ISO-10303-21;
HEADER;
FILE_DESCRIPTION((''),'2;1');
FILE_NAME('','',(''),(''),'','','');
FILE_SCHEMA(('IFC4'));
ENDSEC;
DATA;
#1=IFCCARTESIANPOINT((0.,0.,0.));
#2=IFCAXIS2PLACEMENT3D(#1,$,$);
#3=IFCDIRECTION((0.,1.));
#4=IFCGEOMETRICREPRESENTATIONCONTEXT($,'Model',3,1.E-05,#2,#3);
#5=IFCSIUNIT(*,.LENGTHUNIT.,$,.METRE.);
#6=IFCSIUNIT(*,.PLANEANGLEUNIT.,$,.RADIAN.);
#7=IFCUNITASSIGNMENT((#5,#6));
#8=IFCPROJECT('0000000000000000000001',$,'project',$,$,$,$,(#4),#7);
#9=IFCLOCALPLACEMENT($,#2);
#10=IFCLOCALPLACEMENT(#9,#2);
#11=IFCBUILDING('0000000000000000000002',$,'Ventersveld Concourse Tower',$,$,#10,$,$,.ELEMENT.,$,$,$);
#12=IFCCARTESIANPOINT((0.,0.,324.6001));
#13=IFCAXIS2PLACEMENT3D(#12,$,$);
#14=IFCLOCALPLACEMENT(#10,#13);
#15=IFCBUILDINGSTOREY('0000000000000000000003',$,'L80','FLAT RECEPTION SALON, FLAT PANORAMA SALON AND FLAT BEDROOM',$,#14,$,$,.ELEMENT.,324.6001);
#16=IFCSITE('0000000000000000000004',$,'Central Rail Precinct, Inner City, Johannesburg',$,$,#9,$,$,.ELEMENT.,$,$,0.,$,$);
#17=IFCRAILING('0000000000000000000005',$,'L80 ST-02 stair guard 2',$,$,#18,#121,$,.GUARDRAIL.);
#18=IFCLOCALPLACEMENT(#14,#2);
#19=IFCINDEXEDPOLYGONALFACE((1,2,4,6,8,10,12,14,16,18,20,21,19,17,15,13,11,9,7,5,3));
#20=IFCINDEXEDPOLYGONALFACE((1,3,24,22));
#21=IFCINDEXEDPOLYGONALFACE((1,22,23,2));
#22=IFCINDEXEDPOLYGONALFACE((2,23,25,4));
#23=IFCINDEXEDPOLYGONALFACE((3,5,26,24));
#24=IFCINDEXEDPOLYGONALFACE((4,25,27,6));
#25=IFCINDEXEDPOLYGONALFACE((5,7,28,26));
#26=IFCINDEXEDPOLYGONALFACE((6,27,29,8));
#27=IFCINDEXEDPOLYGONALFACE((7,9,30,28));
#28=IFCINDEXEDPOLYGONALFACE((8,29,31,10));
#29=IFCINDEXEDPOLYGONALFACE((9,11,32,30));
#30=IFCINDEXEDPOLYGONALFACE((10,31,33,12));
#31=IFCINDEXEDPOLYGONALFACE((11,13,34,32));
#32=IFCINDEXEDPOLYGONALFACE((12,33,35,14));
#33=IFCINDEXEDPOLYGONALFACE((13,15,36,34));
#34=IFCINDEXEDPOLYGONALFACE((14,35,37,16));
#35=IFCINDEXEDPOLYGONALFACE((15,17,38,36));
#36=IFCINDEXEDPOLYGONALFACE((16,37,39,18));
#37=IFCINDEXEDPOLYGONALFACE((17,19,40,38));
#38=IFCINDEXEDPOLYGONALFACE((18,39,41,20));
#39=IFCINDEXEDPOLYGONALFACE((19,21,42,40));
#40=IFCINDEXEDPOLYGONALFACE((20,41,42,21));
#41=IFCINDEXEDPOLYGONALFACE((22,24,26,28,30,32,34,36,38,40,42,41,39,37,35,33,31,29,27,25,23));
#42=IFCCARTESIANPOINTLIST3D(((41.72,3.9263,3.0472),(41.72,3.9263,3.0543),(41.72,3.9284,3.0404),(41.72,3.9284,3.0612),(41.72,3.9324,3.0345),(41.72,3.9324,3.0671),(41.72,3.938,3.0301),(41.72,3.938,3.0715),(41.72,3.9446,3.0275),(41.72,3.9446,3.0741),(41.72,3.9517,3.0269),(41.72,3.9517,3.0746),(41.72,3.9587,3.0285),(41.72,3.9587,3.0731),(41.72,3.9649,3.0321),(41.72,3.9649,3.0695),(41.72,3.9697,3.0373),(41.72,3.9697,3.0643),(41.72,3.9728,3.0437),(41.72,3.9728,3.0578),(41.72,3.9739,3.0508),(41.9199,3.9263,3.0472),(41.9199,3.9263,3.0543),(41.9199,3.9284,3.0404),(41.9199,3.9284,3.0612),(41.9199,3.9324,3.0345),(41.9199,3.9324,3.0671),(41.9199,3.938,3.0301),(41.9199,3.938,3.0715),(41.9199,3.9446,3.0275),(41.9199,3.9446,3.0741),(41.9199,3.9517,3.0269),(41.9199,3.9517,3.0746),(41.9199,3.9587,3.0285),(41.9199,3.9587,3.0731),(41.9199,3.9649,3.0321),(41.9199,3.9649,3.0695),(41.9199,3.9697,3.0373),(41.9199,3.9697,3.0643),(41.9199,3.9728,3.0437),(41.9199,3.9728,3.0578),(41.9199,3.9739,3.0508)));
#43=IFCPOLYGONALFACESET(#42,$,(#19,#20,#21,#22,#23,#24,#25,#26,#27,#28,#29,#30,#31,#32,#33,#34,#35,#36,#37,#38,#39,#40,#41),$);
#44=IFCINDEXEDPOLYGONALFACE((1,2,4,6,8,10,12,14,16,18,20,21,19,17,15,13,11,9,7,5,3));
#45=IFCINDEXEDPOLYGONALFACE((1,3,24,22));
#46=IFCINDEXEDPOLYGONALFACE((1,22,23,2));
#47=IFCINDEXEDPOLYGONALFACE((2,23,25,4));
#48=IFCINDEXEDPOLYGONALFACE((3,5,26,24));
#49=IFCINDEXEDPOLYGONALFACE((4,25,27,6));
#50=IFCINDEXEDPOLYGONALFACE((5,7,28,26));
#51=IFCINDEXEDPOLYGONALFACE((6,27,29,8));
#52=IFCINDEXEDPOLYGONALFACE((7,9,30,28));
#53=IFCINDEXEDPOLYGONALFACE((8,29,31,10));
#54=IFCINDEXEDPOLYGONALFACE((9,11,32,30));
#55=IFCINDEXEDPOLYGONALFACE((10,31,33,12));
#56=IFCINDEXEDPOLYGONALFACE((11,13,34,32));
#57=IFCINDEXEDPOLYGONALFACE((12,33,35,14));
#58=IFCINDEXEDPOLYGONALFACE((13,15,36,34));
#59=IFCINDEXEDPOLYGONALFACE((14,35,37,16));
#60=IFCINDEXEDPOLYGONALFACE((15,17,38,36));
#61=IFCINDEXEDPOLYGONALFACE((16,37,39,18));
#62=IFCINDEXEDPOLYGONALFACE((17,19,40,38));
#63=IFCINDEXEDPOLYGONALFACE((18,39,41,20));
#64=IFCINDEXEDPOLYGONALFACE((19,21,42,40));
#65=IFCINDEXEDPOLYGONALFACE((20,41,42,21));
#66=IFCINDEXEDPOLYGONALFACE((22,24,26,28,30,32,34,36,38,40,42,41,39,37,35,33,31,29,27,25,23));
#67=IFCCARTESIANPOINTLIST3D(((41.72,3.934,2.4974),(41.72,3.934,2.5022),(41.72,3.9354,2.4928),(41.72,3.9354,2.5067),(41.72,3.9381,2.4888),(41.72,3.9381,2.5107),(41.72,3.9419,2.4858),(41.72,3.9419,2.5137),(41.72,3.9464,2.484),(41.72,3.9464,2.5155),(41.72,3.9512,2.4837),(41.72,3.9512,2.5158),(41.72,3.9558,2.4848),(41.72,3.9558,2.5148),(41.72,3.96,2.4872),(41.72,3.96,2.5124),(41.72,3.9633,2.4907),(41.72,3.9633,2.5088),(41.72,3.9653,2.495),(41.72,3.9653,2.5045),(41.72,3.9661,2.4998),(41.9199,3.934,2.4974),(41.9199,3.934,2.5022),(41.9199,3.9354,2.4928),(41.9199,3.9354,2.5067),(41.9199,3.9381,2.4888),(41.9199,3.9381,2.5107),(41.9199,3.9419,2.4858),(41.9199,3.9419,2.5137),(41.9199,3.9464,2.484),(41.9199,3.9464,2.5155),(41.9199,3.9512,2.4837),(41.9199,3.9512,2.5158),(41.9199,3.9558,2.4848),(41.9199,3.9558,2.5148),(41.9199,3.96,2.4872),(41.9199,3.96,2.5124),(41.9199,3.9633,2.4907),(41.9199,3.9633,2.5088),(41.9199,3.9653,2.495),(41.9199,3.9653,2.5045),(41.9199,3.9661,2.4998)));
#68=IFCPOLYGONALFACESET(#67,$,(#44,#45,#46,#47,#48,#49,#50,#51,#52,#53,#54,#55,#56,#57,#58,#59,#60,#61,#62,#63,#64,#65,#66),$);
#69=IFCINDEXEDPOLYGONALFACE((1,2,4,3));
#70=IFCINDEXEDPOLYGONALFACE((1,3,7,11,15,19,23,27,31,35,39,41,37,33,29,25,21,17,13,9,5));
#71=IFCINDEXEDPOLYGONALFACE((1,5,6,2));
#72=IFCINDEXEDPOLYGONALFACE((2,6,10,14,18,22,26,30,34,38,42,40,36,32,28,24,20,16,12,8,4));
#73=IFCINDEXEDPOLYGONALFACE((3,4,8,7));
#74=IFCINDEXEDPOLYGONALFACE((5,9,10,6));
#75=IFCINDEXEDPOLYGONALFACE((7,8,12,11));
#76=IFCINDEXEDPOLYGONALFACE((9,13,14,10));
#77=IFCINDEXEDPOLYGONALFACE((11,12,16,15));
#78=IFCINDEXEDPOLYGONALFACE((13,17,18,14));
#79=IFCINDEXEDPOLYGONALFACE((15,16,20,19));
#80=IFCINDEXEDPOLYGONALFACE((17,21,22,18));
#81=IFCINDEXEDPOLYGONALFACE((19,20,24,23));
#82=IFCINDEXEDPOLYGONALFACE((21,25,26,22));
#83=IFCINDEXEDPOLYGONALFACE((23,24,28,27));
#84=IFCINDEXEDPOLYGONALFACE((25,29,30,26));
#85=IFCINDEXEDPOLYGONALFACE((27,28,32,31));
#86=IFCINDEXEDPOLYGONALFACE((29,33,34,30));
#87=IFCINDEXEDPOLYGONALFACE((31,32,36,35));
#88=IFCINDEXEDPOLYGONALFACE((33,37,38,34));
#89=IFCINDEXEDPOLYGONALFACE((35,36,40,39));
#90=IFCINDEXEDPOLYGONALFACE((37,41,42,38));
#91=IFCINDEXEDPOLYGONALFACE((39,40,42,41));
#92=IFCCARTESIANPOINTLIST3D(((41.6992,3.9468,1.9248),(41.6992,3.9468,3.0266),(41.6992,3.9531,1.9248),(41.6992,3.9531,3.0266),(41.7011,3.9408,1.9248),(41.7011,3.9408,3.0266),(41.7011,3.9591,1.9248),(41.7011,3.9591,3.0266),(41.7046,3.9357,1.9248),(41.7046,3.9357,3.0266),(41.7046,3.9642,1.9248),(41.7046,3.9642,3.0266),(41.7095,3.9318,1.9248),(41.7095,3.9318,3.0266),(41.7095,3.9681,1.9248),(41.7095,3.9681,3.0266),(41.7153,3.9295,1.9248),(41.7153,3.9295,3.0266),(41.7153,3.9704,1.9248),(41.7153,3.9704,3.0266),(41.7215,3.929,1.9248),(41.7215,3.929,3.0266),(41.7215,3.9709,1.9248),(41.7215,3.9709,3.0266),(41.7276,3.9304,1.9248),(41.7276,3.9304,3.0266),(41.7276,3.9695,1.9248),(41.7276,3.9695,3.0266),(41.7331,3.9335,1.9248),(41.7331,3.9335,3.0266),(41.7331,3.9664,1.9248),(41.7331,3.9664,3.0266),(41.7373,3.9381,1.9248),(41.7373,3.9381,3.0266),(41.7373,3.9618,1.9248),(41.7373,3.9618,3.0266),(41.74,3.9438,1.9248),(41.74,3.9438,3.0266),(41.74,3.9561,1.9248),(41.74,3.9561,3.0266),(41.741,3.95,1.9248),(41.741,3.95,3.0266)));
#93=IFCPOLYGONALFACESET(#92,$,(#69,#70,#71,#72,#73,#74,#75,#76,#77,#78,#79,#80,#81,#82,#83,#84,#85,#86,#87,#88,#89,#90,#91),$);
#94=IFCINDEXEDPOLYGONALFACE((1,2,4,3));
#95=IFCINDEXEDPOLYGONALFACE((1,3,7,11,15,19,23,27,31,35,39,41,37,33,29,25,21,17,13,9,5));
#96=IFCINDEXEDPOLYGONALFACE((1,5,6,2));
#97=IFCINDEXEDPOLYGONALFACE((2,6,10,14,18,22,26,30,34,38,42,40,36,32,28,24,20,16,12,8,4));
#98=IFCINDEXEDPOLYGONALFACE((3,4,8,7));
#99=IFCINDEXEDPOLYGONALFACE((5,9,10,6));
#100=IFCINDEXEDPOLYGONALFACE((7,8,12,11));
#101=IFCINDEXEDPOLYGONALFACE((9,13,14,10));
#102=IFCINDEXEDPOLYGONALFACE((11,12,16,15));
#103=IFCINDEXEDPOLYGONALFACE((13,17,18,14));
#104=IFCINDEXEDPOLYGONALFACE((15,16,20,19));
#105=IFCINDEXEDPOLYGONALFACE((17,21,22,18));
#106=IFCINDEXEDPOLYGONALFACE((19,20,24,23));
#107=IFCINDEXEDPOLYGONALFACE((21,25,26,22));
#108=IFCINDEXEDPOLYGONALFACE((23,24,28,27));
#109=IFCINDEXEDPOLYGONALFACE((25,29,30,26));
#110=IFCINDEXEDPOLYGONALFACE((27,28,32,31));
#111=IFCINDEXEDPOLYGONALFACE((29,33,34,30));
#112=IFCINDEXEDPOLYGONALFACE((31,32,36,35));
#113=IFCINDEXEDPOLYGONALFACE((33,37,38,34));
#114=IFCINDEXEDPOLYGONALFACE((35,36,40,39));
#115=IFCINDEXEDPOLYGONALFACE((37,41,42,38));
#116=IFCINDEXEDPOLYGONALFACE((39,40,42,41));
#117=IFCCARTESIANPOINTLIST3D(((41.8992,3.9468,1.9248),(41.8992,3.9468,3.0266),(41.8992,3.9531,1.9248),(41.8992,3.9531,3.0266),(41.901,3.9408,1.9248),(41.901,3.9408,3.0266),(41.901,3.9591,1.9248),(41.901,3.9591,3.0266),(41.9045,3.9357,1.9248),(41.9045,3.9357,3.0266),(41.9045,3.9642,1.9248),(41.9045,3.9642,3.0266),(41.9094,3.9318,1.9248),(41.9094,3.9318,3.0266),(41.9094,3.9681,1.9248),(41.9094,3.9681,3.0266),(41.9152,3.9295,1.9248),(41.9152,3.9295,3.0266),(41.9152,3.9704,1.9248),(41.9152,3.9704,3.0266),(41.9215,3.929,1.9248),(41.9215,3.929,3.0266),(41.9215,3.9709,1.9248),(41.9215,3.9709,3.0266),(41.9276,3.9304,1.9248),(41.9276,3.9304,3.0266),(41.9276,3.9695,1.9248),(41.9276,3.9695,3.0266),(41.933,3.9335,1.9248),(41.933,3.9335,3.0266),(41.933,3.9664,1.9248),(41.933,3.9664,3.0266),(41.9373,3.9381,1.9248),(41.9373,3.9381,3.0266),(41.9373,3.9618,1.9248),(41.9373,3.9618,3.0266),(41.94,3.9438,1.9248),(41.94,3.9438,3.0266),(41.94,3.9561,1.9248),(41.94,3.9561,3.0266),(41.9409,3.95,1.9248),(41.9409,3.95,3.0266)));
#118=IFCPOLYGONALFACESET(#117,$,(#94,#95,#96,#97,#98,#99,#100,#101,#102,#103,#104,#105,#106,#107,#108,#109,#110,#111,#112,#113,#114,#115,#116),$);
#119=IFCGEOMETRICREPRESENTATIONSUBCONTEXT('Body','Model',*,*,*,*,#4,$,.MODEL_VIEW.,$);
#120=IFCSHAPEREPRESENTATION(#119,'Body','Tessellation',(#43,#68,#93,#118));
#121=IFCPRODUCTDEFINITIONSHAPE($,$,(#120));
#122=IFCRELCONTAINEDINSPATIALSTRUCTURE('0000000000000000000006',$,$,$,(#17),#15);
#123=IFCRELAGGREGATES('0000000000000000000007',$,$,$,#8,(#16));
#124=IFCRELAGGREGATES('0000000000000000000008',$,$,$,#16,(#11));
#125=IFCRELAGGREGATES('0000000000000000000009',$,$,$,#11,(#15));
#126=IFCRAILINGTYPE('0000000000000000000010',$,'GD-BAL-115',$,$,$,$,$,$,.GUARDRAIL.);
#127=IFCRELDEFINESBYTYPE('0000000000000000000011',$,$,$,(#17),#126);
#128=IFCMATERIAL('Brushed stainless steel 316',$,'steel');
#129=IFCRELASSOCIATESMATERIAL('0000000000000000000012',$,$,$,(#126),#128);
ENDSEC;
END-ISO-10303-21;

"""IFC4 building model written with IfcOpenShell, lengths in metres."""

from ifc_helpers import new_model, si_unit, direction, frame, origin, origin_2d, place, context, subcontext, project, spatial, circle, extrude, material, type_object, element, save


model = new_model("IFC4")

# Units and contexts
model_context = context("Model", 3, precision=1e-05, world=origin(), true_north=direction((0.0, 1.0)))
body_context = subcontext(model_context, "Body", "Model", "MODEL_VIEW")
ifc_project = project(units=[si_unit("LENGTHUNIT", "METRE"), si_unit("PLANEANGLEUNIT", "RADIAN")], contexts=[model_context])

# Site, building, storey
site_placement = place(None, origin())
site = spatial("IfcSite", under=ifc_project, at=site_placement, Name="Central Rail Precinct, Inner City, Johannesburg", CompositionType="ELEMENT", RefElevation=0.0)
building_placement = place(site_placement, origin())
building = spatial("IfcBuilding", under=site, at=building_placement, Name="Ventersveld Concourse Tower", CompositionType="ELEMENT")
storey_placement = place(building_placement, frame((0.0, 0.0, 324.6001)))
storey = spatial("IfcBuildingStorey", under=building, at=storey_placement, Name="L80", Description="FLAT RECEPTION SALON, FLAT PANORAMA SALON AND FLAT BEDROOM", CompositionType="ELEMENT", Elevation=324.6001)

# Shared definitions
ifc_material_1 = material(Name="Brushed stainless steel 316", Category="steel")

# Railing
railing_type_1 = type_object("IfcRailingType", Name="GD-BAL-115", PredefinedType="GUARDRAIL", material=ifc_material_1)
railing_1_placement = place(storey_placement, frame((41.72, 3.95, 1.9248)))
element("IfcRailing", 1, at=railing_1_placement, inside=storey, type_object=railing_type_1, Name="L80 ST-02 stair guard 2", PredefinedType="GUARDRAIL", context=body_context, shape_type="SweptSolid", body=[
    extrude(circle(Radius=0.0239, at=origin_2d()), frame((0.0, 0.0, 1.126), z_axis=(1.0, 0.0, 0.0), x_axis=(0.0, 1.0, 0.0)), (0.0, 0.0, 1.0), 0.2),
    extrude(circle(Radius=0.0161, at=origin_2d()), frame((0.0, 0.0, 0.575), z_axis=(1.0, 0.0, 0.0), x_axis=(0.0, 1.0, 0.0)), (0.0, 0.0, 1.0), 0.2),
    extrude(circle(Radius=0.021, at=origin_2d()), origin(), (0.0, 0.0, 1.0), 1.1018),
    extrude(circle(Radius=0.021, at=origin_2d()), frame((0.2, 0.0, 0.0)), (0.0, 0.0, 1.0), 1.1018),
])

save(model, "model.ifc")
